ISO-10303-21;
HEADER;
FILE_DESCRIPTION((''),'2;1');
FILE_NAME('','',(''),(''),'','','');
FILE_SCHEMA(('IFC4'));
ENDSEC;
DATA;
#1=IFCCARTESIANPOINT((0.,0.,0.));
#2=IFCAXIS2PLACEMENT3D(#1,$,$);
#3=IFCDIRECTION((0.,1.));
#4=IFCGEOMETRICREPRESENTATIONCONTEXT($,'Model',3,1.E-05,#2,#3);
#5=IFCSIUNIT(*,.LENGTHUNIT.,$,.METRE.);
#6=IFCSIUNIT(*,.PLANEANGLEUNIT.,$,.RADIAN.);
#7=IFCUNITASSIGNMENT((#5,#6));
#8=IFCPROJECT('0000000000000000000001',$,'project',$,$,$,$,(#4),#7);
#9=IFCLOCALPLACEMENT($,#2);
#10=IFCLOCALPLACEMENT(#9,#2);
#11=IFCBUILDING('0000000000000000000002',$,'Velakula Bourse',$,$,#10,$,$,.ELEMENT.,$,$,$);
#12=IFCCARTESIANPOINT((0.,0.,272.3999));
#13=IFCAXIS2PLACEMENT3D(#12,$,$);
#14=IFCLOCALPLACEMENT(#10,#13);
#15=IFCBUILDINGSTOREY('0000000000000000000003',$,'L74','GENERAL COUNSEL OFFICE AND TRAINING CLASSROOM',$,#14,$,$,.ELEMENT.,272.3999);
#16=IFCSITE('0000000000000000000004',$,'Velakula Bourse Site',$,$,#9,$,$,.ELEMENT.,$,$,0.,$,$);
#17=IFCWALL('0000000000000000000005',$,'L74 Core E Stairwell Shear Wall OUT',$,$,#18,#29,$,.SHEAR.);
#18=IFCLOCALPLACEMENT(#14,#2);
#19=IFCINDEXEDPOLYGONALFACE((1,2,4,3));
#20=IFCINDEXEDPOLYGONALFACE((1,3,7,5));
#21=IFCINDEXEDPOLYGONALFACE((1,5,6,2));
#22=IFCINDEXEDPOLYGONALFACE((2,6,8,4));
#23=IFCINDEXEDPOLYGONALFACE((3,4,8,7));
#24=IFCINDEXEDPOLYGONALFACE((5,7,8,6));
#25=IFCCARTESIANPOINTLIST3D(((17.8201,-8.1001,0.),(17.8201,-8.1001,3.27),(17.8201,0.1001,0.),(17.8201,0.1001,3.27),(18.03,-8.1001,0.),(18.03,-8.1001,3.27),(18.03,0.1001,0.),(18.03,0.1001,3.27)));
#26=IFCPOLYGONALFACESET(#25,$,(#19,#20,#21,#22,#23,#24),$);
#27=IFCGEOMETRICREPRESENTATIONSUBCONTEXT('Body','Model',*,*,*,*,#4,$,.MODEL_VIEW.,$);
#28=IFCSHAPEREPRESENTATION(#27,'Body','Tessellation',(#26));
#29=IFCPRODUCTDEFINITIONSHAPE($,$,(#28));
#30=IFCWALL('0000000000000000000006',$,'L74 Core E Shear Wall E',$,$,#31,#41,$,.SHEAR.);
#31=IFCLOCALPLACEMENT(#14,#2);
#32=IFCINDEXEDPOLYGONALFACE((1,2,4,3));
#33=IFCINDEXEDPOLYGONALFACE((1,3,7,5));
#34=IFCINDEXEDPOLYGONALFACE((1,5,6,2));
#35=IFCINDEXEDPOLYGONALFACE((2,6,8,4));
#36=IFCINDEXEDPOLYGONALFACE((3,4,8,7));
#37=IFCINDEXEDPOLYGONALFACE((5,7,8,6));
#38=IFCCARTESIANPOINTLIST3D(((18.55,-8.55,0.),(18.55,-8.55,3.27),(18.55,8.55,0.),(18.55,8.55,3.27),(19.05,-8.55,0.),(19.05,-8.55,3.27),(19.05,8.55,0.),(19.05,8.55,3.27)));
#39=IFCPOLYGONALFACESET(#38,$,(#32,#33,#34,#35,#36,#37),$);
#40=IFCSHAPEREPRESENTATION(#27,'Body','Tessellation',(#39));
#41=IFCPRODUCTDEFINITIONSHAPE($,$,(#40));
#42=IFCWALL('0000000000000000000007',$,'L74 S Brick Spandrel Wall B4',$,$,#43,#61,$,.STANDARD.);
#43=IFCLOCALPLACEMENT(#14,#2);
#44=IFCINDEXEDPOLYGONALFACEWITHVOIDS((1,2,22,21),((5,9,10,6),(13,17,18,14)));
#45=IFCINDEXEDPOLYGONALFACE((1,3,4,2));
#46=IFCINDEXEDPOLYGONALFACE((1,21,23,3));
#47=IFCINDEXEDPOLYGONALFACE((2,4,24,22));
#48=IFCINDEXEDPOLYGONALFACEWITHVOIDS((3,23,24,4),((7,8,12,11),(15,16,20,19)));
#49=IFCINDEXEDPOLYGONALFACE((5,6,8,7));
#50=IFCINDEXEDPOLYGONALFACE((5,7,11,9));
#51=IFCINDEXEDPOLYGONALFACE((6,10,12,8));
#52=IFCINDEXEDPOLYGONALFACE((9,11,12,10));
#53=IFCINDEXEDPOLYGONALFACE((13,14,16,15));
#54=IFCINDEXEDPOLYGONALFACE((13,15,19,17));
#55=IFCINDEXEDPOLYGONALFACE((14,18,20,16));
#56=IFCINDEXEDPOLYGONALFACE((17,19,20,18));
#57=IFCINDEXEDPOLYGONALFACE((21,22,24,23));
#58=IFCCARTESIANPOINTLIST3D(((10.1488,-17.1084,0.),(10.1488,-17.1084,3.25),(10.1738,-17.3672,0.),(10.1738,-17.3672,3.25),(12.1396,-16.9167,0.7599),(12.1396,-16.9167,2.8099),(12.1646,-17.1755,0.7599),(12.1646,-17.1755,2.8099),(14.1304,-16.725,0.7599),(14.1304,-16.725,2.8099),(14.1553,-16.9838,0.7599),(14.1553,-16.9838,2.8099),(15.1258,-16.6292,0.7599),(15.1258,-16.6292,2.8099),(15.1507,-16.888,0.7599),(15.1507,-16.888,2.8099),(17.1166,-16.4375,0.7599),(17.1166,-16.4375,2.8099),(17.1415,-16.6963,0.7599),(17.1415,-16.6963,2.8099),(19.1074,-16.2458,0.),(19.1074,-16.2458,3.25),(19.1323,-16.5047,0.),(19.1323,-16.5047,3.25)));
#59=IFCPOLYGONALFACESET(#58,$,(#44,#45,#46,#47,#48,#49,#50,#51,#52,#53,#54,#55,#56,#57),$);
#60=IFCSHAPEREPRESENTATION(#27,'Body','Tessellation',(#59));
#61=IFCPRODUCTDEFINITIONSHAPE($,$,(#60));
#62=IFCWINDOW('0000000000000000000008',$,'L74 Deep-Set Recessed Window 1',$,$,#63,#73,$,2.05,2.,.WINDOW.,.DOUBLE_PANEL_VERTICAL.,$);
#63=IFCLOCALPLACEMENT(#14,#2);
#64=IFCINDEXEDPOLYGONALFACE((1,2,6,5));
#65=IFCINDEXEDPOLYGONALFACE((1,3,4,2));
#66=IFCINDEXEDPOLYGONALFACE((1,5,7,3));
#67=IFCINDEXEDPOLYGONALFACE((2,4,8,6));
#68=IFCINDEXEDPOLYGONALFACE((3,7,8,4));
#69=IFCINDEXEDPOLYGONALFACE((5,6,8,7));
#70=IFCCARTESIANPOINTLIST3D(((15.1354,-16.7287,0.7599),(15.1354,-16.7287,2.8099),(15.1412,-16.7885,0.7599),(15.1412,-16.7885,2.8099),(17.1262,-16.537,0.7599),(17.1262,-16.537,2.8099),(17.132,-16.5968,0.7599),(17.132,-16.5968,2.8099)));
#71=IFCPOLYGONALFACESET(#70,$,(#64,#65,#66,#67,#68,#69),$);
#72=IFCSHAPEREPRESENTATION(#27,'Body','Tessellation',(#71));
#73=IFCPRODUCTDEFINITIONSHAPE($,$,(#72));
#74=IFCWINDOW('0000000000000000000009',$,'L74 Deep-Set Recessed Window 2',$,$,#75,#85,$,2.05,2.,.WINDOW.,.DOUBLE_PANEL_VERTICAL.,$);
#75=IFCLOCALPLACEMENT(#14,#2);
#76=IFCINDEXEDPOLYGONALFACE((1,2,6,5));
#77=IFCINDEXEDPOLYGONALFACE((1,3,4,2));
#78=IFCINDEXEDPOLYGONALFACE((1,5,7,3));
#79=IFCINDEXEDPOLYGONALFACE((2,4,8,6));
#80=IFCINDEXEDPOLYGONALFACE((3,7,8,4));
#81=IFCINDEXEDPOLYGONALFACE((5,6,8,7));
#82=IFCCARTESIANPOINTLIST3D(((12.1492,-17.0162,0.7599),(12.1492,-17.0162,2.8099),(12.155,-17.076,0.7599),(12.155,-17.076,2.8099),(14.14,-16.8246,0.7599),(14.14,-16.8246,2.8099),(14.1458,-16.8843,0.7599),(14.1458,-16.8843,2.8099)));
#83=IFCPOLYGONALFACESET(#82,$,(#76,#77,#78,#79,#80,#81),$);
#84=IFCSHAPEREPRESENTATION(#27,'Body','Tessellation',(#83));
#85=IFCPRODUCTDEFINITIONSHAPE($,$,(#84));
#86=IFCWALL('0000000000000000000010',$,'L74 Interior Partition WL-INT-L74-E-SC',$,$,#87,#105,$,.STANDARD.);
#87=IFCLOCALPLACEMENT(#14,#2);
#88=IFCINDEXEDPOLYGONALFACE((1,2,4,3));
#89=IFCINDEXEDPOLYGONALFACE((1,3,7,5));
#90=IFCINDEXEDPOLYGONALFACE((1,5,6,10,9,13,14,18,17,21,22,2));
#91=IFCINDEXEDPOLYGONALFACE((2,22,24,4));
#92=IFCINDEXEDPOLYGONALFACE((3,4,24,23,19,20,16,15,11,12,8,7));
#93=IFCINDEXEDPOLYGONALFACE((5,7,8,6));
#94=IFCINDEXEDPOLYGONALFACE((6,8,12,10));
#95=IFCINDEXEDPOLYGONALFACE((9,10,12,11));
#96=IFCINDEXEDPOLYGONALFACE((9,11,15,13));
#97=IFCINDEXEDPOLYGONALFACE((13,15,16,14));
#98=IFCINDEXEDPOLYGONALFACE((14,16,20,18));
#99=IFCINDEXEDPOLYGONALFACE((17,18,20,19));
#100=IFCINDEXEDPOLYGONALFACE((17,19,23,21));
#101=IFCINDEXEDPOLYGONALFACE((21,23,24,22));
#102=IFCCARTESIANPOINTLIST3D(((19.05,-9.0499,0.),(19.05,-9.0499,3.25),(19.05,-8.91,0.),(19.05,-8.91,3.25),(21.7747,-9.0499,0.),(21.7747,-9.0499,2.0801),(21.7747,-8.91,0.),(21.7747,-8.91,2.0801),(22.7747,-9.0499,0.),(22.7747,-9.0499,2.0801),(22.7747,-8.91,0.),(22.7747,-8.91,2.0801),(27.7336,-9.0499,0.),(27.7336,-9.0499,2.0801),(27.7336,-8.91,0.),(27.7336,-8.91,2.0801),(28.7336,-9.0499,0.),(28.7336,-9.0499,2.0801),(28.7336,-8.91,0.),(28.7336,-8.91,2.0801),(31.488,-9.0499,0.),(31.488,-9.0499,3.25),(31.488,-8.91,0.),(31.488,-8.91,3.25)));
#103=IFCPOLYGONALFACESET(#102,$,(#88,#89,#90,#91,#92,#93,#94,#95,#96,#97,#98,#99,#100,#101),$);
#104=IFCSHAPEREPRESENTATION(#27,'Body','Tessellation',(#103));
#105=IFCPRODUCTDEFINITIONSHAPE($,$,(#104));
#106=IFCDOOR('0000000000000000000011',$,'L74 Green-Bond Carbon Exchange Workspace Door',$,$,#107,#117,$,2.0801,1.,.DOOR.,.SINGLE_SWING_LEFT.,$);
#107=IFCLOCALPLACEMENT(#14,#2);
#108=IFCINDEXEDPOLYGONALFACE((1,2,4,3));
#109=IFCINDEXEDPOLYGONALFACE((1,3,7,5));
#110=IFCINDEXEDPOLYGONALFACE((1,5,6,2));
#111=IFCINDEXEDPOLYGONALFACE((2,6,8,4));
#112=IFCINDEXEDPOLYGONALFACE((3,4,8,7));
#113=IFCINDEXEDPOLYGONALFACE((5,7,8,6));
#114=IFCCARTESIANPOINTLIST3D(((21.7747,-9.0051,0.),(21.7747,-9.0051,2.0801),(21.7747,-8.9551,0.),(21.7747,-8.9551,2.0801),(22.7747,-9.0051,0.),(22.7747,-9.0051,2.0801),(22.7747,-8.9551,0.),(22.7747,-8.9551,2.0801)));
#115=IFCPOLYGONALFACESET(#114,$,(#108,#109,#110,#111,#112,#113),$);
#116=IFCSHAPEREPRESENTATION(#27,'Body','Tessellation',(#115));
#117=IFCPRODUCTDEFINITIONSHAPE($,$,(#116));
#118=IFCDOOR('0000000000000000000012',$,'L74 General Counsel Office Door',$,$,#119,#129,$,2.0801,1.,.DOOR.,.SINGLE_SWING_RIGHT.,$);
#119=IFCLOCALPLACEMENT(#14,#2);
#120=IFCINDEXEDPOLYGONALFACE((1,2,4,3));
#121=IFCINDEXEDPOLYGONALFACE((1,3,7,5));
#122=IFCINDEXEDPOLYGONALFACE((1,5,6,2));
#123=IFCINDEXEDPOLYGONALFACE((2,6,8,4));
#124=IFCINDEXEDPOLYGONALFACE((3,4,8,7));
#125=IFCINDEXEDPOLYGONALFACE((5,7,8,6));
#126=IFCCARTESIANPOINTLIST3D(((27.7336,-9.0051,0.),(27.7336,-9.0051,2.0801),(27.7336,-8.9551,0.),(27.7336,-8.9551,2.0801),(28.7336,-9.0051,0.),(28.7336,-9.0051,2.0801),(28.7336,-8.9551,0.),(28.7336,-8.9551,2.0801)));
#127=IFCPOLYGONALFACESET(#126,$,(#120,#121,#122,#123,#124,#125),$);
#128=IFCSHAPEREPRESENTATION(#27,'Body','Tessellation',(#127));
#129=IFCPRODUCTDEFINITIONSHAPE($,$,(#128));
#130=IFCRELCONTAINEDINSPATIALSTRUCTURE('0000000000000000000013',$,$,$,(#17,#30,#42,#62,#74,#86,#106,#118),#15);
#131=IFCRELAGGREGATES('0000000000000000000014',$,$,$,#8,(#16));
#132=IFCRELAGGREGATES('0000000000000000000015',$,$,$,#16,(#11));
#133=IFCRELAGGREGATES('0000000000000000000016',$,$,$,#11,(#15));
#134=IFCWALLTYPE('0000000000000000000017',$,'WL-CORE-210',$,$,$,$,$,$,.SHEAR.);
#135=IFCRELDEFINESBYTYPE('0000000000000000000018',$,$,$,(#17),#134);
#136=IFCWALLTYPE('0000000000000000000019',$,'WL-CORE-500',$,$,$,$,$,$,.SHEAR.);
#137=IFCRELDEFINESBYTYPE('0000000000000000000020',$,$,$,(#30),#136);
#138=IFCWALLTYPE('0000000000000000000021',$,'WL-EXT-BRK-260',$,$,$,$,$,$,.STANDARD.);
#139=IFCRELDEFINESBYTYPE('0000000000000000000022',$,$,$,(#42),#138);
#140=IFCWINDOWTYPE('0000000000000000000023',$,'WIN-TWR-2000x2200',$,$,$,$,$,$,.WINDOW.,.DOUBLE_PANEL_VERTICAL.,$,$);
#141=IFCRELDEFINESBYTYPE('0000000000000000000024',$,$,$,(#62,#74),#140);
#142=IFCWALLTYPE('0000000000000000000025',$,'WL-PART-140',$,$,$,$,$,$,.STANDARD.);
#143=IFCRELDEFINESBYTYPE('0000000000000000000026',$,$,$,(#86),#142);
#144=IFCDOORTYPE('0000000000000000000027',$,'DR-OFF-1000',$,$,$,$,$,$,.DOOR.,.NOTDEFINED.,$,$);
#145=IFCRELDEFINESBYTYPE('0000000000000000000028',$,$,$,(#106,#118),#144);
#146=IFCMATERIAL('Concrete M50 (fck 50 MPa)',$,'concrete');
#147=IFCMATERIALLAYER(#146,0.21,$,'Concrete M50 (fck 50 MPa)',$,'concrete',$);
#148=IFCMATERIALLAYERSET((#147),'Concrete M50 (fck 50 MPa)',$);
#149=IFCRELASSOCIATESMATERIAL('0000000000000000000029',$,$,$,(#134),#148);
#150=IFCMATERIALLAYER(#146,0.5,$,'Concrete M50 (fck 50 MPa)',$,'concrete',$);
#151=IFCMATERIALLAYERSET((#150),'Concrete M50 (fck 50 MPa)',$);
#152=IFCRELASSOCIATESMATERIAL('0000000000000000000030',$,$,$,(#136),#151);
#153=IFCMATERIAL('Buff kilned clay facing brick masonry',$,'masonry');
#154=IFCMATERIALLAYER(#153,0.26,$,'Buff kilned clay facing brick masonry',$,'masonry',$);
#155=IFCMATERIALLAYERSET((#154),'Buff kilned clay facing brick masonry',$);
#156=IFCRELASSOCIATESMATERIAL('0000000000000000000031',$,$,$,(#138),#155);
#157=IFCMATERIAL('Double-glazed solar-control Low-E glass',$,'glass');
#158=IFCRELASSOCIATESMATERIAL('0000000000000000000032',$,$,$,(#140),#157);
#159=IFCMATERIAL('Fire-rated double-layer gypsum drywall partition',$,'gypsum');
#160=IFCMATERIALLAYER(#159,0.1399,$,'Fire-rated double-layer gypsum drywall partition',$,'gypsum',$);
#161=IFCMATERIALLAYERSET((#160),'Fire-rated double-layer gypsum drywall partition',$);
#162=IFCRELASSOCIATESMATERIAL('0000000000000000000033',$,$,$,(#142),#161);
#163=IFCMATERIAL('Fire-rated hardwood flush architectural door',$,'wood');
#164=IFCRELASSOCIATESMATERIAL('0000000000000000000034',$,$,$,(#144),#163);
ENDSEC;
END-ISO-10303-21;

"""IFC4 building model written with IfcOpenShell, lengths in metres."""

from ifc_helpers import new_model, si_unit, direction, frame, frame_2d, origin, place, context, subcontext, project, spatial, rectangle, extrude, material, layer, layer_set, type_object, element, fill, save


model = new_model("IFC4")

# Units and contexts
model_context = context("Model", 3, precision=1e-05, world=origin(), true_north=direction((0.0, 1.0)))
body_context = subcontext(model_context, "Body", "Model", "MODEL_VIEW")
ifc_project = project(units=[si_unit("LENGTHUNIT", "METRE"), si_unit("PLANEANGLEUNIT", "RADIAN")], contexts=[model_context])

# Site, building, storey
site_placement = place(None, origin())
site = spatial("IfcSite", under=ifc_project, at=site_placement, Name="Velakula Bourse Site", CompositionType="ELEMENT", RefElevation=0.0)
building_placement = place(site_placement, origin())
building = spatial("IfcBuilding", under=site, at=building_placement, Name="Velakula Bourse", CompositionType="ELEMENT")
storey_placement = place(building_placement, frame((0.0, 0.0, 272.3999)))
storey = spatial("IfcBuildingStorey", under=building, at=storey_placement, Name="L74", Description="GENERAL COUNSEL OFFICE AND TRAINING CLASSROOM", CompositionType="ELEMENT", Elevation=272.3999)

# Shared definitions
ifc_material_1 = material(Name="Concrete M50 (fck 50 MPa)", Category="concrete")

# Walls
ifc_layer_1 = layer(ifc_material_1, 0.21, Name="Concrete M50 (fck 50 MPa)", Category="concrete")
ifc_layer_set_1 = layer_set([ifc_layer_1], Name="Concrete M50 (fck 50 MPa)")
wall_type_1 = type_object("IfcWallType", Name="WL-CORE-210", PredefinedType="SHEAR", material=ifc_layer_set_1)
wall_1_placement = place(storey_placement, frame((17.925, -8.1001, 0.0), z_axis=(0.0, 0.0, 1.0), x_axis=(0.0, 1.0, 0.0)))
element("IfcWall", 1, at=wall_1_placement, inside=storey, type_object=wall_type_1, Name="L74 Core E Stairwell Shear Wall OUT", PredefinedType="SHEAR", context=body_context, shape_type="SweptSolid", body=[
    extrude(rectangle(XDim=8.2002, YDim=0.21, at=frame_2d((4.1001, 0.0))), origin(), (0.0, 0.0, 1.0), 3.27),
])
ifc_layer_2 = layer(ifc_material_1, 0.5, Name="Concrete M50 (fck 50 MPa)", Category="concrete")
ifc_layer_set_2 = layer_set([ifc_layer_2], Name="Concrete M50 (fck 50 MPa)")
wall_type_2 = type_object("IfcWallType", Name="WL-CORE-500", PredefinedType="SHEAR", material=ifc_layer_set_2)
wall_2_placement = place(storey_placement, frame((18.8, -8.55, 0.0), z_axis=(0.0, 0.0, 1.0), x_axis=(0.0, 1.0, 0.0)))
element("IfcWall", 2, at=wall_2_placement, inside=storey, type_object=wall_type_2, Name="L74 Core E Shear Wall E", PredefinedType="SHEAR", context=body_context, shape_type="SweptSolid", body=[
    extrude(rectangle(XDim=17.1001, YDim=0.5, at=frame_2d((8.55, 0.0))), origin(), (0.0, 0.0, 1.0), 3.27),
])

# Wall, openings, windows
ifc_material_2 = material(Name="Buff kilned clay facing brick masonry", Category="masonry")
ifc_layer_3 = layer(ifc_material_2, 0.26, Name="Buff kilned clay facing brick masonry", Category="masonry")
ifc_layer_set_3 = layer_set([ifc_layer_3], Name="Buff kilned clay facing brick masonry")
wall_type_3 = type_object("IfcWallType", Name="WL-EXT-BRK-260", PredefinedType="STANDARD", material=ifc_layer_set_3)
wall_3_placement = place(storey_placement, frame((19.1199, -16.3752, 0.0), z_axis=(0.0, 0.0, 1.0), x_axis=(-0.995397, -0.09584, 0.0)))
wall_3 = element("IfcWall", 3, at=wall_3_placement, inside=storey, type_object=wall_type_3, Name="L74 S Brick Spandrel Wall B4", PredefinedType="STANDARD", context=body_context, shape_type="SweptSolid", body=[
    extrude(rectangle(XDim=9.0, YDim=0.26, at=frame_2d((4.5, 0.0))), origin(), (0.0, 0.0, 1.0), 3.25),
])
opening_1_placement = place(wall_3_placement, frame((2.0, 0.0, 0.76)))
opening_1 = element("IfcOpeningElement", 4, at=opening_1_placement, cuts=wall_3, PredefinedType="OPENING", context=body_context, shape_type="SweptSolid", body=[
    extrude(rectangle(XDim=2.0, YDim=2.05, at=frame_2d((1.0, 1.0249))), frame((0.0, 0.1399, 0.0), z_axis=(0.0, -1.0, 0.0), x_axis=(1.0, 0.0, 0.0)), (0.0, 0.0, 1.0), 0.28),
])
opening_2_placement = place(wall_3_placement, frame((5.0, 0.0, 0.76)))
opening_2 = element("IfcOpeningElement", 5, at=opening_2_placement, cuts=wall_3, PredefinedType="OPENING", context=body_context, shape_type="SweptSolid", body=[
    extrude(rectangle(XDim=2.0, YDim=2.05, at=frame_2d((1.0, 1.0249))), frame((0.0, 0.1399, 0.0), z_axis=(0.0, -1.0, 0.0), x_axis=(1.0, 0.0, 0.0)), (0.0, 0.0, 1.0), 0.28),
])
ifc_material_3 = material(Name="Double-glazed solar-control Low-E glass", Category="glass")
window_type = type_object("IfcWindowType", Name="WIN-TWR-2000x2200", PartitioningType="DOUBLE_PANEL_VERTICAL", PredefinedType="WINDOW", material=ifc_material_3)
window_1_placement = place(opening_1_placement, origin())
window_1 = element("IfcWindow", 6, at=window_1_placement, inside=storey, type_object=window_type, Name="L74 Deep-Set Recessed Window 1", OverallHeight=2.05, OverallWidth=2.0, PartitioningType="DOUBLE_PANEL_VERTICAL", PredefinedType="WINDOW", context=body_context, shape_type="SweptSolid", body=[
    extrude(rectangle(XDim=2.0, YDim=2.05, at=frame_2d((1.0, 1.0249))), frame((0.0, 0.03, 0.0), z_axis=(0.0, -1.0, 0.0), x_axis=(1.0, 0.0, 0.0)), (0.0, 0.0, 1.0), 0.0601),
])
fill(opening_1, window_1)
window_2_placement = place(opening_2_placement, origin())
window_2 = element("IfcWindow", 7, at=window_2_placement, inside=storey, type_object=window_type, Name="L74 Deep-Set Recessed Window 2", OverallHeight=2.05, OverallWidth=2.0, PartitioningType="DOUBLE_PANEL_VERTICAL", PredefinedType="WINDOW", context=body_context, shape_type="SweptSolid", body=[
    extrude(rectangle(XDim=2.0, YDim=2.05, at=frame_2d((1.0, 1.0249))), frame((0.0, 0.03, 0.0), z_axis=(0.0, -1.0, 0.0), x_axis=(1.0, 0.0, 0.0)), (0.0, 0.0, 1.0), 0.0601),
])
fill(opening_2, window_2)

# Wall, openings, doors
ifc_material_4 = material(Name="Fire-rated double-layer gypsum drywall partition", Category="gypsum")
ifc_layer_4 = layer(ifc_material_4, 0.1399, Name="Fire-rated double-layer gypsum drywall partition", Category="gypsum")
ifc_layer_set_4 = layer_set([ifc_layer_4], Name="Fire-rated double-layer gypsum drywall partition")
wall_type_4 = type_object("IfcWallType", Name="WL-PART-140", PredefinedType="STANDARD", material=ifc_layer_set_4)
wall_4_placement = place(storey_placement, frame((19.05, -8.98, 0.0), z_axis=(0.0, 0.0, 1.0), x_axis=(1.0, 0.0, 0.0)))
wall_4 = element("IfcWall", 8, at=wall_4_placement, inside=storey, type_object=wall_type_4, Name="L74 Interior Partition WL-INT-L74-E-SC", PredefinedType="STANDARD", context=body_context, shape_type="SweptSolid", body=[
    extrude(rectangle(XDim=12.438, YDim=0.1399, at=frame_2d((6.219, 0.0))), origin(), (0.0, 0.0, 1.0), 3.25),
])
opening_3_placement = place(wall_4_placement, frame((2.7246, 0.0, 0.0)))
opening_3 = element("IfcOpeningElement", 9, at=opening_3_placement, cuts=wall_4, PredefinedType="OPENING", context=body_context, shape_type="SweptSolid", body=[
    extrude(rectangle(XDim=1.0, YDim=2.0801, at=frame_2d((0.5, 1.04))), frame((0.0, 0.0798, 0.0), z_axis=(0.0, -1.0, 0.0), x_axis=(1.0, 0.0, 0.0)), (0.0, 0.0, 1.0), 0.1599),
])
opening_4_placement = place(wall_4_placement, frame((8.6836, 0.0, 0.0)))
opening_4 = element("IfcOpeningElement", 10, at=opening_4_placement, cuts=wall_4, PredefinedType="OPENING", context=body_context, shape_type="SweptSolid", body=[
    extrude(rectangle(XDim=1.0, YDim=2.0801, at=frame_2d((0.5, 1.04))), frame((0.0, 0.0798, 0.0), z_axis=(0.0, -1.0, 0.0), x_axis=(1.0, 0.0, 0.0)), (0.0, 0.0, 1.0), 0.1599),
])
ifc_material_5 = material(Name="Fire-rated hardwood flush architectural door", Category="wood")
door_type = type_object("IfcDoorType", Name="DR-OFF-1000", OperationType="NOTDEFINED", PredefinedType="DOOR", material=ifc_material_5)
door_1_placement = place(opening_3_placement, origin())
door_1 = element("IfcDoor", 11, at=door_1_placement, inside=storey, type_object=door_type, Name="L74 Green-Bond Carbon Exchange Workspace Door", OperationType="SINGLE_SWING_LEFT", OverallHeight=2.0801, OverallWidth=1.0, PredefinedType="DOOR", context=body_context, shape_type="SweptSolid", body=[
    extrude(rectangle(XDim=1.0, YDim=2.0801, at=frame_2d((0.5, 1.04))), frame((0.0, 0.0249, 0.0), z_axis=(0.0, -1.0, 0.0), x_axis=(1.0, 0.0, 0.0)), (0.0, 0.0, 1.0), 0.05),
])
fill(opening_3, door_1)
door_2_placement = place(opening_4_placement, origin())
door_2 = element("IfcDoor", 12, at=door_2_placement, inside=storey, type_object=door_type, Name="L74 General Counsel Office Door", OperationType="SINGLE_SWING_RIGHT", OverallHeight=2.0801, OverallWidth=1.0, PredefinedType="DOOR", context=body_context, shape_type="SweptSolid", body=[
    extrude(rectangle(XDim=1.0, YDim=2.0801, at=frame_2d((0.5, 1.04))), frame((0.0, 0.0249, 0.0), z_axis=(0.0, -1.0, 0.0), x_axis=(1.0, 0.0, 0.0)), (0.0, 0.0, 1.0), 0.05),
])
fill(opening_4, door_2)

save(model, "model.ifc")
